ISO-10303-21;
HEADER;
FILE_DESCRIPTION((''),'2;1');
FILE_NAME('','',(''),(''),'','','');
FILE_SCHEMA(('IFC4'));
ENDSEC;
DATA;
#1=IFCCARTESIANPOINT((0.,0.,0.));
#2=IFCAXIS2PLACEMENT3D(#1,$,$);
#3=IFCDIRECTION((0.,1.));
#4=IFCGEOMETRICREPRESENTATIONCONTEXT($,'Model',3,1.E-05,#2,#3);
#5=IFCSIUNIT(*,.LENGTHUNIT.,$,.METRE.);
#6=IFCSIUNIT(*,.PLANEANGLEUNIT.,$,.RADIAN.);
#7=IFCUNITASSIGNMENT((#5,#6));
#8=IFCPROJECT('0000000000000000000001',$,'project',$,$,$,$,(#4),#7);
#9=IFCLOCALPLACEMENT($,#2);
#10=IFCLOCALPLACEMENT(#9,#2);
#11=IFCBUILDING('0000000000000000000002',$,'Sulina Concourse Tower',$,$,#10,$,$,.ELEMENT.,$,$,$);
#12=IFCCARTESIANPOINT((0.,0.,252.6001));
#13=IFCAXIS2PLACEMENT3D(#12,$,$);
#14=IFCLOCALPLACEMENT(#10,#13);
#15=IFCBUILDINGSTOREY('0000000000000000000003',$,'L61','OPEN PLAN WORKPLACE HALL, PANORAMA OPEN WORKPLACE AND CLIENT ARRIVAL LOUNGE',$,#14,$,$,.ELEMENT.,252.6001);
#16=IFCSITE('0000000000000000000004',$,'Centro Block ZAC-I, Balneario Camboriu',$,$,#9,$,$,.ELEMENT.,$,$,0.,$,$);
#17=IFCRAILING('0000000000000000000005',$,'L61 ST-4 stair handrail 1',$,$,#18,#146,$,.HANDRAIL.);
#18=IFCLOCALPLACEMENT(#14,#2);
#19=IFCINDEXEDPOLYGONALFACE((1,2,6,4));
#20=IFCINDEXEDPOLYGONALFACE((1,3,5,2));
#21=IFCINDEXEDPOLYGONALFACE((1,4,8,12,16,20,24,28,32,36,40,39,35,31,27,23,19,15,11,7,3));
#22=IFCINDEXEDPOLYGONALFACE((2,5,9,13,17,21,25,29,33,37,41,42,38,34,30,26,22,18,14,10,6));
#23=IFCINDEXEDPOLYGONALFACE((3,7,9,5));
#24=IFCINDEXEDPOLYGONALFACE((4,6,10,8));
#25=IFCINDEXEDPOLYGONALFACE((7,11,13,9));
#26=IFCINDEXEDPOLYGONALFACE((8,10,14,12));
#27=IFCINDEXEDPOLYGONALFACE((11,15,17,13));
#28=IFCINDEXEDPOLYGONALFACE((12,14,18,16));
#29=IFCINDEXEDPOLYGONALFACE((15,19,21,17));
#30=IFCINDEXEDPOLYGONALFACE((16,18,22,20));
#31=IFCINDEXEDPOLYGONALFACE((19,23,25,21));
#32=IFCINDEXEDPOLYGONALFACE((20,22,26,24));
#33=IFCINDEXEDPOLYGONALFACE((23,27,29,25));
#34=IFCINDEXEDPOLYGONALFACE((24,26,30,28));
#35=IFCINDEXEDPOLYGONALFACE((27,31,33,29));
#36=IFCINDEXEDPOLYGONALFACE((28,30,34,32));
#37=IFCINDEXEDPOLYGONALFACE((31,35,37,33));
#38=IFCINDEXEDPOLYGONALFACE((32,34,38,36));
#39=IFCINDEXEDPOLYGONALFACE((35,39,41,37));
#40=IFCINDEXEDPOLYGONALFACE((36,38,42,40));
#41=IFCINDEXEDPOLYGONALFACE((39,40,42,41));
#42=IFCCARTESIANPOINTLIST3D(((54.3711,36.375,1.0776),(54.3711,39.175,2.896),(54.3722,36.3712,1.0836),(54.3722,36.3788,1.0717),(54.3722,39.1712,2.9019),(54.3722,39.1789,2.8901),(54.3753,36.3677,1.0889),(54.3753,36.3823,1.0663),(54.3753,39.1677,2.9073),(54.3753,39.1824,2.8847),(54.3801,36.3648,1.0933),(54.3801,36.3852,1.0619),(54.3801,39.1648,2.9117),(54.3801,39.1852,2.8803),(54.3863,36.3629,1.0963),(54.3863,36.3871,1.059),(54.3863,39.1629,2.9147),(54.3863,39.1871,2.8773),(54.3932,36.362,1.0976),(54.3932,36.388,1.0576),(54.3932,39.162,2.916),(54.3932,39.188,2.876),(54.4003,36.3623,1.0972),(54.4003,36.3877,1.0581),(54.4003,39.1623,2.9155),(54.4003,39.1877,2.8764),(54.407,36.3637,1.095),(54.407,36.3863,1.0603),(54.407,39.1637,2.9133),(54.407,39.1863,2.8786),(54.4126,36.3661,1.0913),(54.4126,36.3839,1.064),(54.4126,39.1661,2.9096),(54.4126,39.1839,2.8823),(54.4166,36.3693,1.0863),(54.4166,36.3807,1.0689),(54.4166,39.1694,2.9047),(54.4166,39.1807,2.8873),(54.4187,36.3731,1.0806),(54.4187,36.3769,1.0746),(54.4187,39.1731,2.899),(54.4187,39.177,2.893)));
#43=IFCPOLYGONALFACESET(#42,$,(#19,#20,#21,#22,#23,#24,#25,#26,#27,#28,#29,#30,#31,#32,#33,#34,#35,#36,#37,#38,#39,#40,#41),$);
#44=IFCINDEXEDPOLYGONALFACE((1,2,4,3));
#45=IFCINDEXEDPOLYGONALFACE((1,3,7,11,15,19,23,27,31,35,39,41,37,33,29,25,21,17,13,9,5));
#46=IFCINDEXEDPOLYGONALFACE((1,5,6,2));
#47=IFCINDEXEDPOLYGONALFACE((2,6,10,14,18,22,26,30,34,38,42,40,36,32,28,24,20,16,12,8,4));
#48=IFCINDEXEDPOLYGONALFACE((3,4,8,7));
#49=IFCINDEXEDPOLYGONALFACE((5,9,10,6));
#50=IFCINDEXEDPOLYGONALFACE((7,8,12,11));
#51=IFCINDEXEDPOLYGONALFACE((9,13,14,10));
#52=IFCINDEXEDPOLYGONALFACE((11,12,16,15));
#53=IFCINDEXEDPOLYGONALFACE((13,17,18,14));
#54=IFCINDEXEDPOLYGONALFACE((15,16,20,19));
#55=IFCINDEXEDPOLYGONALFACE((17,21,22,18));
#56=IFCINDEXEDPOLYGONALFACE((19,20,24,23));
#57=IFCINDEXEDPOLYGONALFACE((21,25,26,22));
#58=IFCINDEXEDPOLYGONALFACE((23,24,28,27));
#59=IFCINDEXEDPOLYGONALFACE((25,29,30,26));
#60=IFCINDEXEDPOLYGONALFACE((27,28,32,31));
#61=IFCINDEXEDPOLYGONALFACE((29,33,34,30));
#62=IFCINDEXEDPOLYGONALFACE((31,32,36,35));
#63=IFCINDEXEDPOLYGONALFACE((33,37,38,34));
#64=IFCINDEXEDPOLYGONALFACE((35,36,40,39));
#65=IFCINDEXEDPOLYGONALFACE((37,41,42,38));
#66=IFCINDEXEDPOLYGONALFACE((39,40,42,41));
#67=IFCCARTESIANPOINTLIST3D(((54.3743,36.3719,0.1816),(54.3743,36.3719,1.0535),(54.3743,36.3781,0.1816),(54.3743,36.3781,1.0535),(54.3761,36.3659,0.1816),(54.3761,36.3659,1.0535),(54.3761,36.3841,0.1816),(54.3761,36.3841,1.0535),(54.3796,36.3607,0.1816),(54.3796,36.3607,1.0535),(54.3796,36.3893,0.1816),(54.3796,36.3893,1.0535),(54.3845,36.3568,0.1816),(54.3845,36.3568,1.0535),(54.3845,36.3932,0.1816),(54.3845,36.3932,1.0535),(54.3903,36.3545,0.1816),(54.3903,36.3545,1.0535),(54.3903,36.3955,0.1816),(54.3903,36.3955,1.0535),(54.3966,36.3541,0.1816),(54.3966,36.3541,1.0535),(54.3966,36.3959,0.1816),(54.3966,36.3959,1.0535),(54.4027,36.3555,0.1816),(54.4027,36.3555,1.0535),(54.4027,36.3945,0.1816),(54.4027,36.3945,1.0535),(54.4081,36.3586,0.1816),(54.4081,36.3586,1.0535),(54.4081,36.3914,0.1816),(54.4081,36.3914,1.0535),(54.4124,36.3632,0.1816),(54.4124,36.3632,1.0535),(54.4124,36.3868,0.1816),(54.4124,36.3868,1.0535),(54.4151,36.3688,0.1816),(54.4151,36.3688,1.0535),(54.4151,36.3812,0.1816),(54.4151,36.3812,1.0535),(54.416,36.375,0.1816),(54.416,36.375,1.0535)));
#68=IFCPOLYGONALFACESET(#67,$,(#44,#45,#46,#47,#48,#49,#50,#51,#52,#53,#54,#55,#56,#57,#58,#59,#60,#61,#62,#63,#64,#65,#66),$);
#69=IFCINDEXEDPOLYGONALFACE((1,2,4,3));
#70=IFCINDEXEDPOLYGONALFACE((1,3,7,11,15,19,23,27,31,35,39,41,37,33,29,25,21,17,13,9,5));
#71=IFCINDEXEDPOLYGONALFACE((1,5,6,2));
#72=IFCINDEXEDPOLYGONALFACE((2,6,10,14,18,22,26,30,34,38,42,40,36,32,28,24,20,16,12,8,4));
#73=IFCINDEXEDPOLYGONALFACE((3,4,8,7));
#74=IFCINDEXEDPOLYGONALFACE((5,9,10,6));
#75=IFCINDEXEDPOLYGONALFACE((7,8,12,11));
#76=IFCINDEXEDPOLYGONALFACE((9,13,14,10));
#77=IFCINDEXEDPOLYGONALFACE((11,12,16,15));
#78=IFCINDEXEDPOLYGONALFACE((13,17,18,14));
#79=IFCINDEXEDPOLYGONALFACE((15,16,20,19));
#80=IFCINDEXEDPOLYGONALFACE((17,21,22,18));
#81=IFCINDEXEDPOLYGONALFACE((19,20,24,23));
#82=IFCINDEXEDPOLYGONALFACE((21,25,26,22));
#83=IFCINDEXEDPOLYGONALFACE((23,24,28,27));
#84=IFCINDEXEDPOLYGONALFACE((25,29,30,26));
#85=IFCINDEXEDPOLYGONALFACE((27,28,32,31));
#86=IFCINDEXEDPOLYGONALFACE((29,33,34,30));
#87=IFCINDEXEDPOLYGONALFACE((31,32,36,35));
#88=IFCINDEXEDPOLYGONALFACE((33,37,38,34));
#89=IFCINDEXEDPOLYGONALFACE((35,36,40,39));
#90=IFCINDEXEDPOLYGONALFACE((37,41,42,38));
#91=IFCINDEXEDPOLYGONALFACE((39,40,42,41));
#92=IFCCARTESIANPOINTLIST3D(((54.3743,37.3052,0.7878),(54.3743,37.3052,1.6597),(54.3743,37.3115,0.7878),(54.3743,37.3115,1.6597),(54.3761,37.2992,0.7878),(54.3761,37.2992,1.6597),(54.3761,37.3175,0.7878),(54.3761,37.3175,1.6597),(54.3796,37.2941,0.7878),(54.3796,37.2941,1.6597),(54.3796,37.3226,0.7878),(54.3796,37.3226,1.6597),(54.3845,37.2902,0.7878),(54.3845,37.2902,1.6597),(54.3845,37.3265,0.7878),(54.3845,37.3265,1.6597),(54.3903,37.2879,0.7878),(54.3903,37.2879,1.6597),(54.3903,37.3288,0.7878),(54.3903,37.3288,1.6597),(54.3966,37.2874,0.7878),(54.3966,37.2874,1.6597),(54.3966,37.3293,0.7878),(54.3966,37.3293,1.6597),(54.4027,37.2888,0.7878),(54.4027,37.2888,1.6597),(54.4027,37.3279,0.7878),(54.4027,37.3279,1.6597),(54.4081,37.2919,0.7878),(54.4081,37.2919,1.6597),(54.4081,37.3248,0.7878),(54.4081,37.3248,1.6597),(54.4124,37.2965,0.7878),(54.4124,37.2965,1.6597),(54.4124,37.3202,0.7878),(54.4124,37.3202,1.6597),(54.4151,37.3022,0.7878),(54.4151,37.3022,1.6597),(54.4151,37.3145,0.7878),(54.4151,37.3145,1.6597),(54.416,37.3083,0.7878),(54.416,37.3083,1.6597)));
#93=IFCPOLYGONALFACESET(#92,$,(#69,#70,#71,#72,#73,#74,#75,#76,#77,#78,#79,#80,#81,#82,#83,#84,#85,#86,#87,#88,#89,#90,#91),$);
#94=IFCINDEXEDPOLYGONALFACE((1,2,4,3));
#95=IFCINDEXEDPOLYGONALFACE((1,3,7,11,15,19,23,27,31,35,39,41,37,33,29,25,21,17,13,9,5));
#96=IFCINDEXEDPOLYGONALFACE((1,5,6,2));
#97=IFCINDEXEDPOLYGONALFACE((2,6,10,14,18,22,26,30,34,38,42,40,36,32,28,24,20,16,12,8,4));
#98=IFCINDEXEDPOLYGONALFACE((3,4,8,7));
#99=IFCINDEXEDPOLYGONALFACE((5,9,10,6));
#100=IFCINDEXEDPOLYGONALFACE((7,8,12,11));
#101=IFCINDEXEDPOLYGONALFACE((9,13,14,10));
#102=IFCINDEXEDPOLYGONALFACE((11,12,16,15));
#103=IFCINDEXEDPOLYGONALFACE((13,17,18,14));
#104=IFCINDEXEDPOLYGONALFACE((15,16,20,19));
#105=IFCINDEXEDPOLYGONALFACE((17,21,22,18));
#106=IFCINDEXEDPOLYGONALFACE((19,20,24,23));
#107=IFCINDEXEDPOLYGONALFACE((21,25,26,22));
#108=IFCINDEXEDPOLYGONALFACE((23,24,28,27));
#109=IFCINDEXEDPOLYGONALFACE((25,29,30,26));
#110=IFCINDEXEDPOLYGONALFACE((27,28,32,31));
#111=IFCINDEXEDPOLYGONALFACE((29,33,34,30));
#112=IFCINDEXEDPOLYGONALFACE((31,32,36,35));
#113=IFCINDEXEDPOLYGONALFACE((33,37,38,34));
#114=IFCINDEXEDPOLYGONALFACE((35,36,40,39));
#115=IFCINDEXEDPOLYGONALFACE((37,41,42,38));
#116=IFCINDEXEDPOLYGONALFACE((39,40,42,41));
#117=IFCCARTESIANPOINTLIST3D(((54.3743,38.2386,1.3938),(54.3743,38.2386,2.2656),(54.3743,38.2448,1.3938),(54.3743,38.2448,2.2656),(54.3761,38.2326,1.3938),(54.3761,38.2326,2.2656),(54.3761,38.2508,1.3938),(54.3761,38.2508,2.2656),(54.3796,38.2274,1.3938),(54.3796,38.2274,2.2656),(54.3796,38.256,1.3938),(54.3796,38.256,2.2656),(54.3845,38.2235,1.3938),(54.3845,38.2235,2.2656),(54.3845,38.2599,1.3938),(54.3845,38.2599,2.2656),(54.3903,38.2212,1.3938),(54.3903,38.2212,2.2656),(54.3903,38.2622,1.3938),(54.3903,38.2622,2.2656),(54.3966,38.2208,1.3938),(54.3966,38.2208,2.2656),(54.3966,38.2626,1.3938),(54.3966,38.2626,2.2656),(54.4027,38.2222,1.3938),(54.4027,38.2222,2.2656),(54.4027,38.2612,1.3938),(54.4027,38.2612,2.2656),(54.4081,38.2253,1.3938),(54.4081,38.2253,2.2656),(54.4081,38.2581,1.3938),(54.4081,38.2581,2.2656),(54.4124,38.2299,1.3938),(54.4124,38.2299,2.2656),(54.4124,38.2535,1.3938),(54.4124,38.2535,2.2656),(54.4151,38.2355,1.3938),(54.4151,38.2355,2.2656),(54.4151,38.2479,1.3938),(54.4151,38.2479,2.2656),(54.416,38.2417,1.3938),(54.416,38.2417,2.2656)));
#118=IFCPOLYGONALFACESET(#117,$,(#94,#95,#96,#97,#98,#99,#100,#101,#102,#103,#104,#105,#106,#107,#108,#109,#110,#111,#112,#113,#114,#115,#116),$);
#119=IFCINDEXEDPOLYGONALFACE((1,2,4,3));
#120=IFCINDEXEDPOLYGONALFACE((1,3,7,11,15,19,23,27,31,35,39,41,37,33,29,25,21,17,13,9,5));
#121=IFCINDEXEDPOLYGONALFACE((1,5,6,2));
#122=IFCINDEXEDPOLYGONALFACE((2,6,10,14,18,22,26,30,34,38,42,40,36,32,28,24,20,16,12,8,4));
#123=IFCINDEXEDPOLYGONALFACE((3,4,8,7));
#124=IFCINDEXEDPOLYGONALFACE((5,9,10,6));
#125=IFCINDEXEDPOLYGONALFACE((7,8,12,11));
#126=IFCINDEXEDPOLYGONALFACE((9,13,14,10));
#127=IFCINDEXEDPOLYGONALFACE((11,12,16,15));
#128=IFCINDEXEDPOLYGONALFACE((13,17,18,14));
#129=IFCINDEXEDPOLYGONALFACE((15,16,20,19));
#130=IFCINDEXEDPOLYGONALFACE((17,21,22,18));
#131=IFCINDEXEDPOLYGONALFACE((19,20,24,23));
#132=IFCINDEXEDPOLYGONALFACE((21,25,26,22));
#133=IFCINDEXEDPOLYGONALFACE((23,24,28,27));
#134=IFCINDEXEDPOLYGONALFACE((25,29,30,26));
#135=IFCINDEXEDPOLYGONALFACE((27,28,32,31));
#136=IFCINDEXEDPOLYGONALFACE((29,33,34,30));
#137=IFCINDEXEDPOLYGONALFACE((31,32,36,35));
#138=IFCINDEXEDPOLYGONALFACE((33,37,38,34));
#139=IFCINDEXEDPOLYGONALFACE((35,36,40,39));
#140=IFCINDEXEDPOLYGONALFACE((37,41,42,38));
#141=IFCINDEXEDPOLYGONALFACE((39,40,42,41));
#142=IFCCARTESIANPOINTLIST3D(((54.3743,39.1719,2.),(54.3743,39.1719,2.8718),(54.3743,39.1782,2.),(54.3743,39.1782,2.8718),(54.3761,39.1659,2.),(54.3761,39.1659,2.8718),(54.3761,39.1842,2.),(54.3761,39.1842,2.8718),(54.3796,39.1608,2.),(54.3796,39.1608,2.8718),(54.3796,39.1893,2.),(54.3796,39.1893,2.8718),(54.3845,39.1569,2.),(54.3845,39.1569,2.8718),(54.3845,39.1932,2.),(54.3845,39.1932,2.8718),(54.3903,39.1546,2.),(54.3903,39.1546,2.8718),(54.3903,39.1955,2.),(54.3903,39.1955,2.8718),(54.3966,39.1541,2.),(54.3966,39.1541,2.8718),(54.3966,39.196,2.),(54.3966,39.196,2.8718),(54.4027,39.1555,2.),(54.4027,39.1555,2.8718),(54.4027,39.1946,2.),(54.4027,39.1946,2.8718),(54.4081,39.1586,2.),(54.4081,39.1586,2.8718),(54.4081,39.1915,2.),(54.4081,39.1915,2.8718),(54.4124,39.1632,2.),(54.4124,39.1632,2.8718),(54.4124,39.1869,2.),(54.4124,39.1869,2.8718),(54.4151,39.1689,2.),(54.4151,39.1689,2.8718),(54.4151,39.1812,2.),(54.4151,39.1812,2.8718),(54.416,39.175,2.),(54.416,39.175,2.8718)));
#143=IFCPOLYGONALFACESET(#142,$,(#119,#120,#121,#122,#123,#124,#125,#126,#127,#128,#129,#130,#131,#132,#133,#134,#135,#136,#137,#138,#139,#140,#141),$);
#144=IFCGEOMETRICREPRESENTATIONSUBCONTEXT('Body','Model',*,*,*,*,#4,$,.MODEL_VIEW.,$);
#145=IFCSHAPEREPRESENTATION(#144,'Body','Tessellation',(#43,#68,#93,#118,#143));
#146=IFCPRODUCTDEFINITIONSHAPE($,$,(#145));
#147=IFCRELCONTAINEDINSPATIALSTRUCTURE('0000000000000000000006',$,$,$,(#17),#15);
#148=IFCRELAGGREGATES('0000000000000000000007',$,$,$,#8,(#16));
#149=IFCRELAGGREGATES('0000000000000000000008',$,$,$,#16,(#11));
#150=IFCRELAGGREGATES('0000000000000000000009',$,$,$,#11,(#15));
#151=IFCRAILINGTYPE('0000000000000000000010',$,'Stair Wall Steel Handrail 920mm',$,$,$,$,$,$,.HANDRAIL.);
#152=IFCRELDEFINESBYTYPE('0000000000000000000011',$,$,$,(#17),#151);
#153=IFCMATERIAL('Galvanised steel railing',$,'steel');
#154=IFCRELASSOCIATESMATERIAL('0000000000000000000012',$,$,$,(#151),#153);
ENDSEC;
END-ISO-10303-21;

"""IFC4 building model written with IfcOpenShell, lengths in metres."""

from ifc_helpers import new_model, si_unit, direction, frame, origin, origin_2d, place, context, subcontext, project, spatial, circle, extrude, material, type_object, element, save


model = new_model("IFC4")

# Units and contexts
model_context = context("Model", 3, precision=1e-05, world=origin(), true_north=direction((0.0, 1.0)))
body_context = subcontext(model_context, "Body", "Model", "MODEL_VIEW")
ifc_project = project(units=[si_unit("LENGTHUNIT", "METRE"), si_unit("PLANEANGLEUNIT", "RADIAN")], contexts=[model_context])

# Site, building, storey
site_placement = place(None, origin())
site = spatial("IfcSite", under=ifc_project, at=site_placement, Name="Centro Block ZAC-I, Balneario Camboriu", CompositionType="ELEMENT", RefElevation=0.0)
building_placement = place(site_placement, origin())
building = spatial("IfcBuilding", under=site, at=building_placement, Name="Sulina Concourse Tower", CompositionType="ELEMENT")
storey_placement = place(building_placement, frame((0.0, 0.0, 252.6001)))
storey = spatial("IfcBuildingStorey", under=building, at=storey_placement, Name="L61", Description="OPEN PLAN WORKPLACE HALL, PANORAMA OPEN WORKPLACE AND CLIENT ARRIVAL LOUNGE", CompositionType="ELEMENT", Elevation=252.6001)

# Railing
ifc_material_1 = material(Name="Galvanised steel railing", Category="steel")
railing_type_1 = type_object("IfcRailingType", Name="Stair Wall Steel Handrail 920mm", PredefinedType="HANDRAIL", material=ifc_material_1)
railing_1_placement = place(storey_placement, frame((54.395, 36.375, 0.1816)))
element("IfcRailing", 1, at=railing_1_placement, inside=storey, type_object=railing_type_1, Name="L61 ST-4 stair handrail 1", PredefinedType="HANDRAIL", context=body_context, shape_type="SweptSolid", body=[
    extrude(circle(Radius=0.0239, at=origin_2d()), frame((0.0, 0.0, 0.896), z_axis=(0.0, 0.838672, 0.544636), x_axis=(-1.0, 0.0, 0.0)), (0.0, 0.0, 1.0), 3.3386),
    extrude(circle(Radius=0.021, at=origin_2d()), origin(), (0.0, 0.0, 1.0), 0.8718),
    extrude(circle(Radius=0.021, at=origin_2d()), frame((0.0, 0.9333, 0.6062)), (0.0, 0.0, 1.0), 0.8718),
    extrude(circle(Radius=0.021, at=origin_2d()), frame((0.0, 1.8667, 1.2122)), (0.0, 0.0, 1.0), 0.8718),
    extrude(circle(Radius=0.021, at=origin_2d()), frame((0.0, 2.8, 1.8184)), (0.0, 0.0, 1.0), 0.8718),
])

save(model, "model.ifc")
